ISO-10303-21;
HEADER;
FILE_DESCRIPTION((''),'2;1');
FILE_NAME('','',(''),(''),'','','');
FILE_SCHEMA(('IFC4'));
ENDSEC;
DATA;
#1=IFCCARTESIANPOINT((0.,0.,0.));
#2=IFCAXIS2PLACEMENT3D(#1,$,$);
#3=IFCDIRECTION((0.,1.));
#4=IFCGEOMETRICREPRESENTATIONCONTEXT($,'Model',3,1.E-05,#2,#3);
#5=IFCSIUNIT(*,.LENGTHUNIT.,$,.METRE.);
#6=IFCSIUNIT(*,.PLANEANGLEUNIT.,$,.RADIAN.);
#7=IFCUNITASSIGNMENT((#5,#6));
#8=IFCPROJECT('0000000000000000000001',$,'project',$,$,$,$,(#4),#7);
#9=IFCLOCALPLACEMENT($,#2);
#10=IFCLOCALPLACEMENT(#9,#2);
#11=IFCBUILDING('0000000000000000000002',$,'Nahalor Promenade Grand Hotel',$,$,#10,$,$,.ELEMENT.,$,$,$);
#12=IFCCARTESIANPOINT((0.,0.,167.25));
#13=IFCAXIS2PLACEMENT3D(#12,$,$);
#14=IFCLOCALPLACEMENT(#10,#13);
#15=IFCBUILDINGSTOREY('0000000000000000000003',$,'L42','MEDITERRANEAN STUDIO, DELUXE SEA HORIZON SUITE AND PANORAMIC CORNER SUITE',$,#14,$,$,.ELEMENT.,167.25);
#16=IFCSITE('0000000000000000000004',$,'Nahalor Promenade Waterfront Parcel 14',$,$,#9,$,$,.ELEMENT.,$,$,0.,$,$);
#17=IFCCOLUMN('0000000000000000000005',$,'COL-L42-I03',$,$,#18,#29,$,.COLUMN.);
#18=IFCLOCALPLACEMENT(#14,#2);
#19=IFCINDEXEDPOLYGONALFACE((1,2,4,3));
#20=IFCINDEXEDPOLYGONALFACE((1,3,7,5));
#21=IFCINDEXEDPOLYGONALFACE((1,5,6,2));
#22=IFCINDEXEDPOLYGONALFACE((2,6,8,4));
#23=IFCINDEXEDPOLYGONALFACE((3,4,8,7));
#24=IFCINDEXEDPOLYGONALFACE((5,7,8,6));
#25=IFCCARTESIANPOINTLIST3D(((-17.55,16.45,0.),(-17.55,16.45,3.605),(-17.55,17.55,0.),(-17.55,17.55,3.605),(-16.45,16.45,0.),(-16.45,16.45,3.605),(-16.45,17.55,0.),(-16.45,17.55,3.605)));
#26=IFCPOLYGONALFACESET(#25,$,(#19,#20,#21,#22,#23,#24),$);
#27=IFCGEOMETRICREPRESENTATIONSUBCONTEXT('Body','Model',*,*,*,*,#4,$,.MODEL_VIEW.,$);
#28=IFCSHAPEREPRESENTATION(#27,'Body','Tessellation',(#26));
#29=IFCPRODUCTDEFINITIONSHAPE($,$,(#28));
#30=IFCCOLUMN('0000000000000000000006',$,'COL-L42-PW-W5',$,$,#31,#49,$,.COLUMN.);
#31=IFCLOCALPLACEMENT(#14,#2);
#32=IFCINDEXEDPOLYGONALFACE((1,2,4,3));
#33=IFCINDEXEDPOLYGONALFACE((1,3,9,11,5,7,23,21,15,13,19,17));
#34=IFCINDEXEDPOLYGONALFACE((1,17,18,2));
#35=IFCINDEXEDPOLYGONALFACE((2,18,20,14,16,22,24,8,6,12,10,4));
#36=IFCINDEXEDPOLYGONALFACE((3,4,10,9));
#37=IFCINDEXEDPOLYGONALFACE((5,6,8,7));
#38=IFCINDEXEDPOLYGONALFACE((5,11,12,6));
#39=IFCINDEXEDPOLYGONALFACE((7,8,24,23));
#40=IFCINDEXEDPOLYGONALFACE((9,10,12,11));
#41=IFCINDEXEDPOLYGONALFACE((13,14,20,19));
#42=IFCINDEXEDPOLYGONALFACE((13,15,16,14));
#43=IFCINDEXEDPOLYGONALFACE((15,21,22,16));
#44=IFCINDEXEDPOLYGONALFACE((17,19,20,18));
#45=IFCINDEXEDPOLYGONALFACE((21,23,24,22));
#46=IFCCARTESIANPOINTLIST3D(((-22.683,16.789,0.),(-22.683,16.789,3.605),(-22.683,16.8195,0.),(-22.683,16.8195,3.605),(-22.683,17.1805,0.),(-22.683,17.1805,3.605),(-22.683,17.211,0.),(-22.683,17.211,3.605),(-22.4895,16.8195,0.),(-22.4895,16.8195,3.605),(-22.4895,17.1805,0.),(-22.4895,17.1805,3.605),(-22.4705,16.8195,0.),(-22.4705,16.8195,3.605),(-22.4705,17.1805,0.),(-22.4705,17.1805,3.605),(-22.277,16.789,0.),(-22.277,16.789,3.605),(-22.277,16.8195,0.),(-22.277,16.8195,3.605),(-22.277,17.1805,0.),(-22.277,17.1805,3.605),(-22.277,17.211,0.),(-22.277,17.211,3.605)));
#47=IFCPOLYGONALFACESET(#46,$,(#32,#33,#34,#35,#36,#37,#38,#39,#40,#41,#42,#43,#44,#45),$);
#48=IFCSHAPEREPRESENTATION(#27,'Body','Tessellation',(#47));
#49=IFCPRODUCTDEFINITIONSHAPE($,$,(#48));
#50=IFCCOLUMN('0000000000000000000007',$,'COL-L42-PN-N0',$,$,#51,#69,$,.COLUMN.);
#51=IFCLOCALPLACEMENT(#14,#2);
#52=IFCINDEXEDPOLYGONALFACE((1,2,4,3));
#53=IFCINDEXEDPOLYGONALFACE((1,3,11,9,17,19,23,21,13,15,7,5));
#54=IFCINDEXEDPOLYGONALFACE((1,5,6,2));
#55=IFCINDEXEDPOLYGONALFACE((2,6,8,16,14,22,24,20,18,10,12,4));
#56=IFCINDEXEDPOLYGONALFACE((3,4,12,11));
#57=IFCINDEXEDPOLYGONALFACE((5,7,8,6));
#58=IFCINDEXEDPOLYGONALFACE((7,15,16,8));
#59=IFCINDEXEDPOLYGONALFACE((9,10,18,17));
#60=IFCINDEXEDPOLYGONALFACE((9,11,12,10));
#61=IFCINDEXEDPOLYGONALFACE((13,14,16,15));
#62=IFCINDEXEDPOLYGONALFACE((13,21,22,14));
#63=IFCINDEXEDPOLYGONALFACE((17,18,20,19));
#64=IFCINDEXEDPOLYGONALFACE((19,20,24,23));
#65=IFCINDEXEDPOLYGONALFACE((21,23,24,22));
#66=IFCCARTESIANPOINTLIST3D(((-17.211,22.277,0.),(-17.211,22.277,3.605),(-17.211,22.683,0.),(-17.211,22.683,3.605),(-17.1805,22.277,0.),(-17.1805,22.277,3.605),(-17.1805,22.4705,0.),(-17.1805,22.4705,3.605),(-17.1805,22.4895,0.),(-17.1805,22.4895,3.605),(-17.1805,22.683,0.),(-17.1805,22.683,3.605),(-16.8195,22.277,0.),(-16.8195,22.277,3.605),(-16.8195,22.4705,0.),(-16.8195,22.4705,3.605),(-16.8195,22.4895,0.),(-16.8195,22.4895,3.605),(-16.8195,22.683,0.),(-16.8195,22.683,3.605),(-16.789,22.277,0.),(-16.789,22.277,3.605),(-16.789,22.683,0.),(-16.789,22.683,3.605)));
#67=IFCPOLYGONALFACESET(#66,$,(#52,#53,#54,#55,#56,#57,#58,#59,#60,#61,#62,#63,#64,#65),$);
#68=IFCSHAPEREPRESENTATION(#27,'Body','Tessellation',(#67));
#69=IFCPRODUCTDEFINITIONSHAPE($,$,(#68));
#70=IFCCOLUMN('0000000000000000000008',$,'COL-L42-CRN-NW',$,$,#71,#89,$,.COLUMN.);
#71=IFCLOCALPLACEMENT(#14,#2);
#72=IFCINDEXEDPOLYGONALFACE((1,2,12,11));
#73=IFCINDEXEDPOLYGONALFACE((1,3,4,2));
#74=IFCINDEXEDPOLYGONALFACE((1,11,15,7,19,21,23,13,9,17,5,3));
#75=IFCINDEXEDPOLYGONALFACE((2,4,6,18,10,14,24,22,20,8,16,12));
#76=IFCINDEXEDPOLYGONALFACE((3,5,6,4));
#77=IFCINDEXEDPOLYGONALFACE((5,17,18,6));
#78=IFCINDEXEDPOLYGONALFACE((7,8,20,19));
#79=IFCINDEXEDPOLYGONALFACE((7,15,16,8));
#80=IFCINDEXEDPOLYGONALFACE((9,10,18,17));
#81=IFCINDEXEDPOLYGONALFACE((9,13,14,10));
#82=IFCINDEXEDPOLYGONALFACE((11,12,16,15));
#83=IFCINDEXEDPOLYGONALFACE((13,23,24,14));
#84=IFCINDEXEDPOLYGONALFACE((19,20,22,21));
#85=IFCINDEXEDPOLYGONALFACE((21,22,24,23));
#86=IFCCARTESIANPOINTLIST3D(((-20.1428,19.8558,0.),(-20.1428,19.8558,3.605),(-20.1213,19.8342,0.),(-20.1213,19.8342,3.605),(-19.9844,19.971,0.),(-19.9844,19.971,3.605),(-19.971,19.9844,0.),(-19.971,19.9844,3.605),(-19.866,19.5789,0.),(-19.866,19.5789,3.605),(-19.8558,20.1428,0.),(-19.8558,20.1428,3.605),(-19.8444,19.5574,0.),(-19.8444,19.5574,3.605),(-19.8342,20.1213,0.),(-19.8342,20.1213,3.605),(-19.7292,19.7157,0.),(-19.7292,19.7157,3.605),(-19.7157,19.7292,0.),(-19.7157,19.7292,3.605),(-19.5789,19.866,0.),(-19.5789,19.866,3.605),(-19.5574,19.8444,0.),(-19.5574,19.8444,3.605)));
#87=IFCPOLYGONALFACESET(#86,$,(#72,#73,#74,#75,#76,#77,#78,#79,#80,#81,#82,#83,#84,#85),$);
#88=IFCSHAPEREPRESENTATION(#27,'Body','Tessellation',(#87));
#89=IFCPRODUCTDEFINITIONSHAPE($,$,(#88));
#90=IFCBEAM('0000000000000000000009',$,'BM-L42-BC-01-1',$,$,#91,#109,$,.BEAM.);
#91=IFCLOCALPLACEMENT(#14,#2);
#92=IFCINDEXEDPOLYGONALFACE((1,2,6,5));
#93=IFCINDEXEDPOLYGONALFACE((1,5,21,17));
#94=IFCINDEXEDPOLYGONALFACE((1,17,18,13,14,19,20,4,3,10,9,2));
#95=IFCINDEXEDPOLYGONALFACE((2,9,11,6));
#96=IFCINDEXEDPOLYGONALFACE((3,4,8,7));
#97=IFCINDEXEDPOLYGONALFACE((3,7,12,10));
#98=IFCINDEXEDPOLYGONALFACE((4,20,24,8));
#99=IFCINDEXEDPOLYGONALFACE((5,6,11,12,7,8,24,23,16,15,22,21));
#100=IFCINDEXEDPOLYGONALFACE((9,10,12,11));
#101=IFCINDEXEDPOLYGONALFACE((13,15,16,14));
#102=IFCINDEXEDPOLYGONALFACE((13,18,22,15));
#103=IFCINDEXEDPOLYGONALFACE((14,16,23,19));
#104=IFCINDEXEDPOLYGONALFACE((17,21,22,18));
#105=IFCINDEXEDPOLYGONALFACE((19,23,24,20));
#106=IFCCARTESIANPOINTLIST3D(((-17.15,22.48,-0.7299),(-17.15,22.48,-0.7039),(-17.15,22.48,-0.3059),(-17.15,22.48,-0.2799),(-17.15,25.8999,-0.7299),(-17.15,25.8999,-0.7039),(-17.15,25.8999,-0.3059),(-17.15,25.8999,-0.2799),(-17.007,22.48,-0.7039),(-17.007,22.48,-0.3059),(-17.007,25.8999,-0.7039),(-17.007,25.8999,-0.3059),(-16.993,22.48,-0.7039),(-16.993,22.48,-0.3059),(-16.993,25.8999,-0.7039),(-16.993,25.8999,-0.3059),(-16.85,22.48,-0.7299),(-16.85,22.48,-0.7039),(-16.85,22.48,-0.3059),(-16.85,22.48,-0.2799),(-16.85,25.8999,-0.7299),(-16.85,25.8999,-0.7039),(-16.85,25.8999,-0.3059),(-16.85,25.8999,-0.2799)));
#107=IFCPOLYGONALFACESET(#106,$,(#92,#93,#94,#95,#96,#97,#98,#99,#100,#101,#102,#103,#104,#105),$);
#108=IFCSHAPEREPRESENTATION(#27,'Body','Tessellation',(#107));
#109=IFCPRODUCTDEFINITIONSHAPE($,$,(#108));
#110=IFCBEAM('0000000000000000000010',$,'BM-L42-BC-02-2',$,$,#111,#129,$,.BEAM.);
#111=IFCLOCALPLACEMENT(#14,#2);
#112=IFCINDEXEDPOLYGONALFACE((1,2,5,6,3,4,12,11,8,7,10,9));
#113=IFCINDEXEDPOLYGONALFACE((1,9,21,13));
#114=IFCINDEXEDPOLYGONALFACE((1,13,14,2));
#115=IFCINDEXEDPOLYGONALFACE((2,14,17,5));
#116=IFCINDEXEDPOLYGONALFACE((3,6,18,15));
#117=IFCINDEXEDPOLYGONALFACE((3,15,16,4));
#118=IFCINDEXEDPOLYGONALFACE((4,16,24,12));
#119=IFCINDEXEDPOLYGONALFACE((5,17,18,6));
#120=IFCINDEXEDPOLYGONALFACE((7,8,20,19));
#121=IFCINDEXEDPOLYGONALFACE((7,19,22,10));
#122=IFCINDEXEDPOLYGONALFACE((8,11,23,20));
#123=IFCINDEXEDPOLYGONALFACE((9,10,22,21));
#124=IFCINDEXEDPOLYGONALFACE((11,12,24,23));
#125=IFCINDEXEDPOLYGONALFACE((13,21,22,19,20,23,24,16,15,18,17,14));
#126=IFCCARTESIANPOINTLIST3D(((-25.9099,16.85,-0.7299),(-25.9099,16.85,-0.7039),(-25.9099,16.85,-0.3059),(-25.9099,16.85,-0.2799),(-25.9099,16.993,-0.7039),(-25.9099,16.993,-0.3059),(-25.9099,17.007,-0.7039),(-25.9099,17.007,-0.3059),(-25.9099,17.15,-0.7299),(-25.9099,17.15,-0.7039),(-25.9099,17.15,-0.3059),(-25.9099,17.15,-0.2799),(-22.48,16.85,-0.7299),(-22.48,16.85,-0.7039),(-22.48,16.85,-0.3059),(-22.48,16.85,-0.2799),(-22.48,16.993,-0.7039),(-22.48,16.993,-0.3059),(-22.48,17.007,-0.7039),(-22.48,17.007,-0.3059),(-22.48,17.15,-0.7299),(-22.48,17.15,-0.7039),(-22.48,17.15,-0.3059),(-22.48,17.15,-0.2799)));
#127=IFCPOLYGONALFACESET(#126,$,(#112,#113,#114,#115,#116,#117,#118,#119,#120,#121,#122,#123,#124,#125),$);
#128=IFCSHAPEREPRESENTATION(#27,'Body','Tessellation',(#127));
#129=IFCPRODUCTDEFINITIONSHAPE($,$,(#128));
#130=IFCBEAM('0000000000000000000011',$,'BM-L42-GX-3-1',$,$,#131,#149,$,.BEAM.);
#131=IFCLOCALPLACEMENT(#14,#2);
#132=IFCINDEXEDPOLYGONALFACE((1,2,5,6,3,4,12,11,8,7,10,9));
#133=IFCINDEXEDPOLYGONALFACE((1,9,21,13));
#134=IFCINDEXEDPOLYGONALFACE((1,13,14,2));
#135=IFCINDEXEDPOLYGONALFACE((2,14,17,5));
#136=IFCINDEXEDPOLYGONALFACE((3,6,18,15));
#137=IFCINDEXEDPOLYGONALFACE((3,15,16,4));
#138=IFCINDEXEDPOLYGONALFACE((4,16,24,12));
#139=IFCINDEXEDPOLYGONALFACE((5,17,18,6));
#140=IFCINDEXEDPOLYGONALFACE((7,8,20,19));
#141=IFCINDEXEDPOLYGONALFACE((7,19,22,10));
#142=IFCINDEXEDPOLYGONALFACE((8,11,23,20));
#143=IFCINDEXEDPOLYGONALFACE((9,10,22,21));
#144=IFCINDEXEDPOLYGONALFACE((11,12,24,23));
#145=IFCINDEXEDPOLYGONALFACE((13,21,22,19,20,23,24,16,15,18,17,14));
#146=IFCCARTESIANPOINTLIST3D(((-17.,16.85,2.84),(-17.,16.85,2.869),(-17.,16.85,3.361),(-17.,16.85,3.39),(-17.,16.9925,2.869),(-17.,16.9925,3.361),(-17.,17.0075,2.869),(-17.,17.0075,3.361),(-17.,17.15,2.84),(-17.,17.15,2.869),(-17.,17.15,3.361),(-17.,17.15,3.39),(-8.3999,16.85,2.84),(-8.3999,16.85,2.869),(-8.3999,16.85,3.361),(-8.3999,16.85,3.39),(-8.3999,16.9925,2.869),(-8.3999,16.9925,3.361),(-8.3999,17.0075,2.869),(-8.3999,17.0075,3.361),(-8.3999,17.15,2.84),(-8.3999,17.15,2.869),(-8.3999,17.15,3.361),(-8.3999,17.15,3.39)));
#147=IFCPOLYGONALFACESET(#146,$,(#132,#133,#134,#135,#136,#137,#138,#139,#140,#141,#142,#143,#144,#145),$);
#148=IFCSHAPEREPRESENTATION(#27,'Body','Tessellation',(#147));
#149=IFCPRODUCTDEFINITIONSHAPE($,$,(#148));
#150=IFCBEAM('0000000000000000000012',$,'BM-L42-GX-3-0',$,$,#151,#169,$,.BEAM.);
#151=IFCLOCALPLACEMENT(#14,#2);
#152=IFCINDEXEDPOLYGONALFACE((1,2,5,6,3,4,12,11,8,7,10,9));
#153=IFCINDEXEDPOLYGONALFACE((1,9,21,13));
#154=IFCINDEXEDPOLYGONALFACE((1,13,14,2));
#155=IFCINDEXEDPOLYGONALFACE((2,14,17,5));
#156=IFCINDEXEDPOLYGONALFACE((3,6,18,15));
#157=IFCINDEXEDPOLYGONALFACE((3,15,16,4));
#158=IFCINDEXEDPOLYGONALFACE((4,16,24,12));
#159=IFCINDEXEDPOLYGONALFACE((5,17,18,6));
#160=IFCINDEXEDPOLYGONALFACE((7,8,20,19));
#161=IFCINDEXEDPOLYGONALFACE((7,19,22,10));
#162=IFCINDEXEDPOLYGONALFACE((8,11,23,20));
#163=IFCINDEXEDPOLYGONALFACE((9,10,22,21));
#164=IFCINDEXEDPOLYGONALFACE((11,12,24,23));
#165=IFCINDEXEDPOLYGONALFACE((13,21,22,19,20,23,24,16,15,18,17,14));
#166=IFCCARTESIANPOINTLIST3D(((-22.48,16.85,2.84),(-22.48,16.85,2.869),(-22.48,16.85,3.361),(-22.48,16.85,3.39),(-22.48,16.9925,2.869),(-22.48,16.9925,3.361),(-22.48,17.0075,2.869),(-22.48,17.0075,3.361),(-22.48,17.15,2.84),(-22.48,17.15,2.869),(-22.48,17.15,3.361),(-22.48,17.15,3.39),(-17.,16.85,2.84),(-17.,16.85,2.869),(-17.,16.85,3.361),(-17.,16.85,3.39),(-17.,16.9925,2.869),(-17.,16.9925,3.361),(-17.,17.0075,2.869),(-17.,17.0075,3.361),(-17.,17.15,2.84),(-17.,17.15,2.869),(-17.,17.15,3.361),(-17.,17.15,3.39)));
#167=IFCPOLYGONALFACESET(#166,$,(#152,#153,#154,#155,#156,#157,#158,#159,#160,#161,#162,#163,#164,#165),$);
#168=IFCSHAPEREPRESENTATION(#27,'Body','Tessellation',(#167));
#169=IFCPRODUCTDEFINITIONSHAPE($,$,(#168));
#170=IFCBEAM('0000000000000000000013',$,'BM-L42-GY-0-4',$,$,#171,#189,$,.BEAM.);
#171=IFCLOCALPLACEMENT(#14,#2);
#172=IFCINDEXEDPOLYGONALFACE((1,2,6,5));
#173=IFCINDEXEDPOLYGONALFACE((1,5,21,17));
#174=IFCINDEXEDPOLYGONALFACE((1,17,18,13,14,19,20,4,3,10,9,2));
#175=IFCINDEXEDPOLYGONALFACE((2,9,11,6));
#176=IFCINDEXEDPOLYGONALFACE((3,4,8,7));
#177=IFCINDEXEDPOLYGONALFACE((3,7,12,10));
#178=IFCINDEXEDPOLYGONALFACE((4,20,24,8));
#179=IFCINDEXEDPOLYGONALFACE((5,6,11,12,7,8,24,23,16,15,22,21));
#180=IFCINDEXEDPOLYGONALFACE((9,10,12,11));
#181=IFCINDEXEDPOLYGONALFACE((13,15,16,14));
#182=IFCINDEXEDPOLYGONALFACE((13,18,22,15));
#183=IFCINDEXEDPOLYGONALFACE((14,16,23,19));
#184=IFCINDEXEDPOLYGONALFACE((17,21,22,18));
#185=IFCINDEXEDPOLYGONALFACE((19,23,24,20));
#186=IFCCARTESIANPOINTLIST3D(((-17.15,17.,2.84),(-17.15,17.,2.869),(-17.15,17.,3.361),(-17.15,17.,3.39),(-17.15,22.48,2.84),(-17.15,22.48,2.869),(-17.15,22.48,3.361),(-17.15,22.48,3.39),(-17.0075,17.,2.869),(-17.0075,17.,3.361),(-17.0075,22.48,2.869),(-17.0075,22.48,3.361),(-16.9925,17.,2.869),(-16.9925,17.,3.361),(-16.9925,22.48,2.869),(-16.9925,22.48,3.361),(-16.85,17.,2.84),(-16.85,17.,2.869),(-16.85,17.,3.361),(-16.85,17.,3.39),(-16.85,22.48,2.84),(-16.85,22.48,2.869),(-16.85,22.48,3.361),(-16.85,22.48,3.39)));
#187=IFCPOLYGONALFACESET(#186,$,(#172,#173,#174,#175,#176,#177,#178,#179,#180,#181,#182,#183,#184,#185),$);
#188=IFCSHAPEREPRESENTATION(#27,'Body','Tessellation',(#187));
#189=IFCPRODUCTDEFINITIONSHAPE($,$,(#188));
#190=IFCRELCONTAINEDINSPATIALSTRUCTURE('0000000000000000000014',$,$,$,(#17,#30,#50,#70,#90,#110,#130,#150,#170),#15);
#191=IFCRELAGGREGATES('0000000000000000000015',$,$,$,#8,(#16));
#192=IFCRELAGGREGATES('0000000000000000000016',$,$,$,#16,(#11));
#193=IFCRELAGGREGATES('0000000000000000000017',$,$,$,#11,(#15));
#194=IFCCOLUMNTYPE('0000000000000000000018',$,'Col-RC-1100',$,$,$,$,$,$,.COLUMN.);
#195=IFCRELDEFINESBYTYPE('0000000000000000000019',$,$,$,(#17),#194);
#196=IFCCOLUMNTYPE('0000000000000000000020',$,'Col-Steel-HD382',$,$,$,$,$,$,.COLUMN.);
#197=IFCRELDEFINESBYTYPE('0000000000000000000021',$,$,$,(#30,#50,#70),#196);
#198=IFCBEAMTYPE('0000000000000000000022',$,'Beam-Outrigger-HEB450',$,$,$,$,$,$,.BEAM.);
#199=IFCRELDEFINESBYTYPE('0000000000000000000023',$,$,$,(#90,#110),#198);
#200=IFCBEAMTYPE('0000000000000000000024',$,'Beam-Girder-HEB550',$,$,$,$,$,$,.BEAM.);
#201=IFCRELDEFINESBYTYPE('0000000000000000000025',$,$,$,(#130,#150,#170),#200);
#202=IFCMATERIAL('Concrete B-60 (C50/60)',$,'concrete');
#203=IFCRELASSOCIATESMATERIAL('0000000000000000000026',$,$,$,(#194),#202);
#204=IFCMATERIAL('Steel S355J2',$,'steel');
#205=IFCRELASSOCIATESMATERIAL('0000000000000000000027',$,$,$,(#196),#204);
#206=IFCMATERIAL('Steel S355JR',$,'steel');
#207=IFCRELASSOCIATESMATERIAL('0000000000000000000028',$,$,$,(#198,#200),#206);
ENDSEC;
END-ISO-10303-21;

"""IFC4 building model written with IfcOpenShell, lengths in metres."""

from ifc_helpers import new_model, si_unit, direction, frame, origin, origin_2d, place, context, subcontext, project, spatial, rectangle, i_section, extrude, source, transform, mapped, material, material_profile, profile_set, type_object, element, save


model = new_model("IFC4")

# Units and contexts
model_context = context("Model", 3, precision=1e-05, world=origin(), true_north=direction((0.0, 1.0)))
body_context = subcontext(model_context, "Body", "Model", "MODEL_VIEW")
ifc_project = project(units=[si_unit("LENGTHUNIT", "METRE"), si_unit("PLANEANGLEUNIT", "RADIAN")], contexts=[model_context])

# Site, building, storey
site_placement = place(None, origin())
site = spatial("IfcSite", under=ifc_project, at=site_placement, Name="Nahalor Promenade Waterfront Parcel 14", CompositionType="ELEMENT", RefElevation=0.0)
building_placement = place(site_placement, origin())
building = spatial("IfcBuilding", under=site, at=building_placement, Name="Nahalor Promenade Grand Hotel", CompositionType="ELEMENT")
storey_placement = place(building_placement, frame((0.0, 0.0, 167.25)))
storey = spatial("IfcBuildingStorey", under=building, at=storey_placement, Name="L42", Description="MEDITERRANEAN STUDIO, DELUXE SEA HORIZON SUITE AND PANORAMIC CORNER SUITE", CompositionType="ELEMENT", Elevation=167.25)

# Columns
ifc_material_1 = material(Name="Concrete B-60 (C50/60)", Category="concrete")
ifc_material_profile_1 = material_profile(ifc_material_1, rectangle(XDim=1.1, YDim=1.1, at=origin_2d()), Name="RC 1100x1100")
ifc_profile_set_1 = profile_set([ifc_material_profile_1], Name="Concrete B-60 (C50/60)")
column_type_1 = type_object("IfcColumnType", Name="Col-RC-1100", PredefinedType="COLUMN", material=ifc_profile_set_1)
shared_shape_1 = source(origin(), body_context, "Body", "SweptSolid", [
    extrude(rectangle(XDim=1.1, YDim=1.1, at=origin_2d()), origin(), (0.0, 0.0, 1.0), 3.605),
])
column_placement = place(storey_placement, frame((-17.0, 17.0, 0.0), z_axis=(0.0, 0.0, 1.0), x_axis=(1.0, 0.0, 0.0)))
element("IfcColumn", 1, at=column_placement, inside=storey, type_object=column_type_1, Name="COL-L42-I03", PredefinedType="COLUMN", context=body_context, shape_type="MappedRepresentation", body=[
    mapped(shared_shape_1, transform((0.0, 0.0, 0.0), scale=1.0)),
])
ifc_material_2 = material(Name="Steel S355J2", Category="steel")
ifc_material_profile_2 = material_profile(ifc_material_2, i_section(OverallWidth=0.406, OverallDepth=0.422, WebThickness=0.019, FlangeThickness=0.0305, at=origin_2d()), Name="HD 400x382")
ifc_profile_set_2 = profile_set([ifc_material_profile_2], Name="Steel S355J2")
column_type_2 = type_object("IfcColumnType", Name="Col-Steel-HD382", PredefinedType="COLUMN", material=ifc_profile_set_2)
shared_shape_2 = source(origin(), body_context, "Body", "SweptSolid", [
    extrude(i_section(OverallWidth=0.406, OverallDepth=0.422, WebThickness=0.019, FlangeThickness=0.0305, at=origin_2d()), origin(), (0.0, 0.0, 1.0), 3.605),
])
for number, where, z_axis, x_axis, name in (
    (2, (-22.48, 17.0, 0.0), (0.0, 0.0, 1.0), (1.0, 0.0, 0.0), "COL-L42-PW-W5"),
    (3, (-17.0, 22.48, 0.0), (0.0, 0.0, 1.0), (0.0, 1.0, 0.0), "COL-L42-PN-N0"),
    (4, (-19.8501, 19.8501, 0.0), (0.0, 0.0, 1.0), (0.707107, 0.707107, 0.0), "COL-L42-CRN-NW"),
):
    element("IfcColumn", number, at=place(storey_placement, frame(where, z_axis=z_axis, x_axis=x_axis)), inside=storey, type_object=column_type_2, Name=name, PredefinedType="COLUMN", context=body_context, shape_type="MappedRepresentation", body=[
        mapped(shared_shape_2, transform((0.0, 0.0, 0.0), scale=1.0)),
    ])

# Beams
ifc_material_3 = material(Name="Steel S355JR", Category="steel")
ifc_material_profile_3 = material_profile(ifc_material_3, i_section(OverallWidth=0.3, OverallDepth=0.45, WebThickness=0.014, FlangeThickness=0.026, at=origin_2d()), Name="HEB 450")
ifc_profile_set_3 = profile_set([ifc_material_profile_3], Name="Steel S355JR")
beam_type_1 = type_object("IfcBeamType", Name="Beam-Outrigger-HEB450", PredefinedType="BEAM", material=ifc_profile_set_3)
shared_shape_3 = source(origin(), body_context, "Body", "SweptSolid", [
    extrude(i_section(OverallWidth=0.3, OverallDepth=0.45, WebThickness=0.014, FlangeThickness=0.026, at=origin_2d()), origin(), (0.0, 0.0, 1.0), 3.4199),
])
beam_1_placement = place(storey_placement, frame((-17.0, 22.48, -0.5049), z_axis=(0.0, 1.0, 0.0), x_axis=(-1.0, 0.0, 0.0)))
element("IfcBeam", 5, at=beam_1_placement, inside=storey, type_object=beam_type_1, Name="BM-L42-BC-01-1", PredefinedType="BEAM", context=body_context, shape_type="MappedRepresentation", body=[
    mapped(shared_shape_3, transform((0.0, 0.0, 0.0), scale=1.0)),
])
shared_shape_4 = source(origin(), body_context, "Body", "SweptSolid", [
    extrude(i_section(OverallWidth=0.3, OverallDepth=0.45, WebThickness=0.014, FlangeThickness=0.026, at=origin_2d()), origin(), (0.0, 0.0, 1.0), 3.4299),
])
beam_2_placement = place(storey_placement, frame((-25.9099, 17.0, -0.5049), z_axis=(1.0, 0.0, 0.0), x_axis=(0.0, 1.0, 0.0)))
element("IfcBeam", 6, at=beam_2_placement, inside=storey, type_object=beam_type_1, Name="BM-L42-BC-02-2", PredefinedType="BEAM", context=body_context, shape_type="MappedRepresentation", body=[
    mapped(shared_shape_4, transform((0.0, 0.0, 0.0), scale=1.0)),
])
ifc_material_profile_4 = material_profile(ifc_material_3, i_section(OverallWidth=0.3, OverallDepth=0.55, WebThickness=0.015, FlangeThickness=0.029, at=origin_2d()), Name="HEB 550")
ifc_profile_set_4 = profile_set([ifc_material_profile_4], Name="Steel S355JR")
beam_type_2 = type_object("IfcBeamType", Name="Beam-Girder-HEB550", PredefinedType="BEAM", material=ifc_profile_set_4)
shared_shape_5 = source(origin(), body_context, "Body", "SweptSolid", [
    extrude(i_section(OverallWidth=0.3, OverallDepth=0.55, WebThickness=0.015, FlangeThickness=0.029, at=origin_2d()), origin(), (0.0, 0.0, 1.0), 8.6001),
])
beam_3_placement = place(storey_placement, frame((-17.0, 17.0, 3.115), z_axis=(1.0, 0.0, 0.0), x_axis=(0.0, 1.0, 0.0)))
element("IfcBeam", 7, at=beam_3_placement, inside=storey, type_object=beam_type_2, Name="BM-L42-GX-3-1", PredefinedType="BEAM", context=body_context, shape_type="MappedRepresentation", body=[
    mapped(shared_shape_5, transform((0.0, 0.0, 0.0), scale=1.0)),
])
shared_shape_6 = source(origin(), body_context, "Body", "SweptSolid", [
    extrude(i_section(OverallWidth=0.3, OverallDepth=0.55, WebThickness=0.015, FlangeThickness=0.029, at=origin_2d()), origin(), (0.0, 0.0, 1.0), 5.48),
])
for number, where, z_axis, x_axis, name in (
    (8, (-22.48, 17.0, 3.115), (1.0, 0.0, 0.0), (0.0, 1.0, 0.0), "BM-L42-GX-3-0"),
    (9, (-17.0, 17.0, 3.115), (0.0, 1.0, 0.0), (-1.0, 0.0, 0.0), "BM-L42-GY-0-4"),
):
    element("IfcBeam", number, at=place(storey_placement, frame(where, z_axis=z_axis, x_axis=x_axis)), inside=storey, type_object=beam_type_2, Name=name, PredefinedType="BEAM", context=body_context, shape_type="MappedRepresentation", body=[
        mapped(shared_shape_6, transform((0.0, 0.0, 0.0), scale=1.0)),
    ])

save(model, "model.ifc")
